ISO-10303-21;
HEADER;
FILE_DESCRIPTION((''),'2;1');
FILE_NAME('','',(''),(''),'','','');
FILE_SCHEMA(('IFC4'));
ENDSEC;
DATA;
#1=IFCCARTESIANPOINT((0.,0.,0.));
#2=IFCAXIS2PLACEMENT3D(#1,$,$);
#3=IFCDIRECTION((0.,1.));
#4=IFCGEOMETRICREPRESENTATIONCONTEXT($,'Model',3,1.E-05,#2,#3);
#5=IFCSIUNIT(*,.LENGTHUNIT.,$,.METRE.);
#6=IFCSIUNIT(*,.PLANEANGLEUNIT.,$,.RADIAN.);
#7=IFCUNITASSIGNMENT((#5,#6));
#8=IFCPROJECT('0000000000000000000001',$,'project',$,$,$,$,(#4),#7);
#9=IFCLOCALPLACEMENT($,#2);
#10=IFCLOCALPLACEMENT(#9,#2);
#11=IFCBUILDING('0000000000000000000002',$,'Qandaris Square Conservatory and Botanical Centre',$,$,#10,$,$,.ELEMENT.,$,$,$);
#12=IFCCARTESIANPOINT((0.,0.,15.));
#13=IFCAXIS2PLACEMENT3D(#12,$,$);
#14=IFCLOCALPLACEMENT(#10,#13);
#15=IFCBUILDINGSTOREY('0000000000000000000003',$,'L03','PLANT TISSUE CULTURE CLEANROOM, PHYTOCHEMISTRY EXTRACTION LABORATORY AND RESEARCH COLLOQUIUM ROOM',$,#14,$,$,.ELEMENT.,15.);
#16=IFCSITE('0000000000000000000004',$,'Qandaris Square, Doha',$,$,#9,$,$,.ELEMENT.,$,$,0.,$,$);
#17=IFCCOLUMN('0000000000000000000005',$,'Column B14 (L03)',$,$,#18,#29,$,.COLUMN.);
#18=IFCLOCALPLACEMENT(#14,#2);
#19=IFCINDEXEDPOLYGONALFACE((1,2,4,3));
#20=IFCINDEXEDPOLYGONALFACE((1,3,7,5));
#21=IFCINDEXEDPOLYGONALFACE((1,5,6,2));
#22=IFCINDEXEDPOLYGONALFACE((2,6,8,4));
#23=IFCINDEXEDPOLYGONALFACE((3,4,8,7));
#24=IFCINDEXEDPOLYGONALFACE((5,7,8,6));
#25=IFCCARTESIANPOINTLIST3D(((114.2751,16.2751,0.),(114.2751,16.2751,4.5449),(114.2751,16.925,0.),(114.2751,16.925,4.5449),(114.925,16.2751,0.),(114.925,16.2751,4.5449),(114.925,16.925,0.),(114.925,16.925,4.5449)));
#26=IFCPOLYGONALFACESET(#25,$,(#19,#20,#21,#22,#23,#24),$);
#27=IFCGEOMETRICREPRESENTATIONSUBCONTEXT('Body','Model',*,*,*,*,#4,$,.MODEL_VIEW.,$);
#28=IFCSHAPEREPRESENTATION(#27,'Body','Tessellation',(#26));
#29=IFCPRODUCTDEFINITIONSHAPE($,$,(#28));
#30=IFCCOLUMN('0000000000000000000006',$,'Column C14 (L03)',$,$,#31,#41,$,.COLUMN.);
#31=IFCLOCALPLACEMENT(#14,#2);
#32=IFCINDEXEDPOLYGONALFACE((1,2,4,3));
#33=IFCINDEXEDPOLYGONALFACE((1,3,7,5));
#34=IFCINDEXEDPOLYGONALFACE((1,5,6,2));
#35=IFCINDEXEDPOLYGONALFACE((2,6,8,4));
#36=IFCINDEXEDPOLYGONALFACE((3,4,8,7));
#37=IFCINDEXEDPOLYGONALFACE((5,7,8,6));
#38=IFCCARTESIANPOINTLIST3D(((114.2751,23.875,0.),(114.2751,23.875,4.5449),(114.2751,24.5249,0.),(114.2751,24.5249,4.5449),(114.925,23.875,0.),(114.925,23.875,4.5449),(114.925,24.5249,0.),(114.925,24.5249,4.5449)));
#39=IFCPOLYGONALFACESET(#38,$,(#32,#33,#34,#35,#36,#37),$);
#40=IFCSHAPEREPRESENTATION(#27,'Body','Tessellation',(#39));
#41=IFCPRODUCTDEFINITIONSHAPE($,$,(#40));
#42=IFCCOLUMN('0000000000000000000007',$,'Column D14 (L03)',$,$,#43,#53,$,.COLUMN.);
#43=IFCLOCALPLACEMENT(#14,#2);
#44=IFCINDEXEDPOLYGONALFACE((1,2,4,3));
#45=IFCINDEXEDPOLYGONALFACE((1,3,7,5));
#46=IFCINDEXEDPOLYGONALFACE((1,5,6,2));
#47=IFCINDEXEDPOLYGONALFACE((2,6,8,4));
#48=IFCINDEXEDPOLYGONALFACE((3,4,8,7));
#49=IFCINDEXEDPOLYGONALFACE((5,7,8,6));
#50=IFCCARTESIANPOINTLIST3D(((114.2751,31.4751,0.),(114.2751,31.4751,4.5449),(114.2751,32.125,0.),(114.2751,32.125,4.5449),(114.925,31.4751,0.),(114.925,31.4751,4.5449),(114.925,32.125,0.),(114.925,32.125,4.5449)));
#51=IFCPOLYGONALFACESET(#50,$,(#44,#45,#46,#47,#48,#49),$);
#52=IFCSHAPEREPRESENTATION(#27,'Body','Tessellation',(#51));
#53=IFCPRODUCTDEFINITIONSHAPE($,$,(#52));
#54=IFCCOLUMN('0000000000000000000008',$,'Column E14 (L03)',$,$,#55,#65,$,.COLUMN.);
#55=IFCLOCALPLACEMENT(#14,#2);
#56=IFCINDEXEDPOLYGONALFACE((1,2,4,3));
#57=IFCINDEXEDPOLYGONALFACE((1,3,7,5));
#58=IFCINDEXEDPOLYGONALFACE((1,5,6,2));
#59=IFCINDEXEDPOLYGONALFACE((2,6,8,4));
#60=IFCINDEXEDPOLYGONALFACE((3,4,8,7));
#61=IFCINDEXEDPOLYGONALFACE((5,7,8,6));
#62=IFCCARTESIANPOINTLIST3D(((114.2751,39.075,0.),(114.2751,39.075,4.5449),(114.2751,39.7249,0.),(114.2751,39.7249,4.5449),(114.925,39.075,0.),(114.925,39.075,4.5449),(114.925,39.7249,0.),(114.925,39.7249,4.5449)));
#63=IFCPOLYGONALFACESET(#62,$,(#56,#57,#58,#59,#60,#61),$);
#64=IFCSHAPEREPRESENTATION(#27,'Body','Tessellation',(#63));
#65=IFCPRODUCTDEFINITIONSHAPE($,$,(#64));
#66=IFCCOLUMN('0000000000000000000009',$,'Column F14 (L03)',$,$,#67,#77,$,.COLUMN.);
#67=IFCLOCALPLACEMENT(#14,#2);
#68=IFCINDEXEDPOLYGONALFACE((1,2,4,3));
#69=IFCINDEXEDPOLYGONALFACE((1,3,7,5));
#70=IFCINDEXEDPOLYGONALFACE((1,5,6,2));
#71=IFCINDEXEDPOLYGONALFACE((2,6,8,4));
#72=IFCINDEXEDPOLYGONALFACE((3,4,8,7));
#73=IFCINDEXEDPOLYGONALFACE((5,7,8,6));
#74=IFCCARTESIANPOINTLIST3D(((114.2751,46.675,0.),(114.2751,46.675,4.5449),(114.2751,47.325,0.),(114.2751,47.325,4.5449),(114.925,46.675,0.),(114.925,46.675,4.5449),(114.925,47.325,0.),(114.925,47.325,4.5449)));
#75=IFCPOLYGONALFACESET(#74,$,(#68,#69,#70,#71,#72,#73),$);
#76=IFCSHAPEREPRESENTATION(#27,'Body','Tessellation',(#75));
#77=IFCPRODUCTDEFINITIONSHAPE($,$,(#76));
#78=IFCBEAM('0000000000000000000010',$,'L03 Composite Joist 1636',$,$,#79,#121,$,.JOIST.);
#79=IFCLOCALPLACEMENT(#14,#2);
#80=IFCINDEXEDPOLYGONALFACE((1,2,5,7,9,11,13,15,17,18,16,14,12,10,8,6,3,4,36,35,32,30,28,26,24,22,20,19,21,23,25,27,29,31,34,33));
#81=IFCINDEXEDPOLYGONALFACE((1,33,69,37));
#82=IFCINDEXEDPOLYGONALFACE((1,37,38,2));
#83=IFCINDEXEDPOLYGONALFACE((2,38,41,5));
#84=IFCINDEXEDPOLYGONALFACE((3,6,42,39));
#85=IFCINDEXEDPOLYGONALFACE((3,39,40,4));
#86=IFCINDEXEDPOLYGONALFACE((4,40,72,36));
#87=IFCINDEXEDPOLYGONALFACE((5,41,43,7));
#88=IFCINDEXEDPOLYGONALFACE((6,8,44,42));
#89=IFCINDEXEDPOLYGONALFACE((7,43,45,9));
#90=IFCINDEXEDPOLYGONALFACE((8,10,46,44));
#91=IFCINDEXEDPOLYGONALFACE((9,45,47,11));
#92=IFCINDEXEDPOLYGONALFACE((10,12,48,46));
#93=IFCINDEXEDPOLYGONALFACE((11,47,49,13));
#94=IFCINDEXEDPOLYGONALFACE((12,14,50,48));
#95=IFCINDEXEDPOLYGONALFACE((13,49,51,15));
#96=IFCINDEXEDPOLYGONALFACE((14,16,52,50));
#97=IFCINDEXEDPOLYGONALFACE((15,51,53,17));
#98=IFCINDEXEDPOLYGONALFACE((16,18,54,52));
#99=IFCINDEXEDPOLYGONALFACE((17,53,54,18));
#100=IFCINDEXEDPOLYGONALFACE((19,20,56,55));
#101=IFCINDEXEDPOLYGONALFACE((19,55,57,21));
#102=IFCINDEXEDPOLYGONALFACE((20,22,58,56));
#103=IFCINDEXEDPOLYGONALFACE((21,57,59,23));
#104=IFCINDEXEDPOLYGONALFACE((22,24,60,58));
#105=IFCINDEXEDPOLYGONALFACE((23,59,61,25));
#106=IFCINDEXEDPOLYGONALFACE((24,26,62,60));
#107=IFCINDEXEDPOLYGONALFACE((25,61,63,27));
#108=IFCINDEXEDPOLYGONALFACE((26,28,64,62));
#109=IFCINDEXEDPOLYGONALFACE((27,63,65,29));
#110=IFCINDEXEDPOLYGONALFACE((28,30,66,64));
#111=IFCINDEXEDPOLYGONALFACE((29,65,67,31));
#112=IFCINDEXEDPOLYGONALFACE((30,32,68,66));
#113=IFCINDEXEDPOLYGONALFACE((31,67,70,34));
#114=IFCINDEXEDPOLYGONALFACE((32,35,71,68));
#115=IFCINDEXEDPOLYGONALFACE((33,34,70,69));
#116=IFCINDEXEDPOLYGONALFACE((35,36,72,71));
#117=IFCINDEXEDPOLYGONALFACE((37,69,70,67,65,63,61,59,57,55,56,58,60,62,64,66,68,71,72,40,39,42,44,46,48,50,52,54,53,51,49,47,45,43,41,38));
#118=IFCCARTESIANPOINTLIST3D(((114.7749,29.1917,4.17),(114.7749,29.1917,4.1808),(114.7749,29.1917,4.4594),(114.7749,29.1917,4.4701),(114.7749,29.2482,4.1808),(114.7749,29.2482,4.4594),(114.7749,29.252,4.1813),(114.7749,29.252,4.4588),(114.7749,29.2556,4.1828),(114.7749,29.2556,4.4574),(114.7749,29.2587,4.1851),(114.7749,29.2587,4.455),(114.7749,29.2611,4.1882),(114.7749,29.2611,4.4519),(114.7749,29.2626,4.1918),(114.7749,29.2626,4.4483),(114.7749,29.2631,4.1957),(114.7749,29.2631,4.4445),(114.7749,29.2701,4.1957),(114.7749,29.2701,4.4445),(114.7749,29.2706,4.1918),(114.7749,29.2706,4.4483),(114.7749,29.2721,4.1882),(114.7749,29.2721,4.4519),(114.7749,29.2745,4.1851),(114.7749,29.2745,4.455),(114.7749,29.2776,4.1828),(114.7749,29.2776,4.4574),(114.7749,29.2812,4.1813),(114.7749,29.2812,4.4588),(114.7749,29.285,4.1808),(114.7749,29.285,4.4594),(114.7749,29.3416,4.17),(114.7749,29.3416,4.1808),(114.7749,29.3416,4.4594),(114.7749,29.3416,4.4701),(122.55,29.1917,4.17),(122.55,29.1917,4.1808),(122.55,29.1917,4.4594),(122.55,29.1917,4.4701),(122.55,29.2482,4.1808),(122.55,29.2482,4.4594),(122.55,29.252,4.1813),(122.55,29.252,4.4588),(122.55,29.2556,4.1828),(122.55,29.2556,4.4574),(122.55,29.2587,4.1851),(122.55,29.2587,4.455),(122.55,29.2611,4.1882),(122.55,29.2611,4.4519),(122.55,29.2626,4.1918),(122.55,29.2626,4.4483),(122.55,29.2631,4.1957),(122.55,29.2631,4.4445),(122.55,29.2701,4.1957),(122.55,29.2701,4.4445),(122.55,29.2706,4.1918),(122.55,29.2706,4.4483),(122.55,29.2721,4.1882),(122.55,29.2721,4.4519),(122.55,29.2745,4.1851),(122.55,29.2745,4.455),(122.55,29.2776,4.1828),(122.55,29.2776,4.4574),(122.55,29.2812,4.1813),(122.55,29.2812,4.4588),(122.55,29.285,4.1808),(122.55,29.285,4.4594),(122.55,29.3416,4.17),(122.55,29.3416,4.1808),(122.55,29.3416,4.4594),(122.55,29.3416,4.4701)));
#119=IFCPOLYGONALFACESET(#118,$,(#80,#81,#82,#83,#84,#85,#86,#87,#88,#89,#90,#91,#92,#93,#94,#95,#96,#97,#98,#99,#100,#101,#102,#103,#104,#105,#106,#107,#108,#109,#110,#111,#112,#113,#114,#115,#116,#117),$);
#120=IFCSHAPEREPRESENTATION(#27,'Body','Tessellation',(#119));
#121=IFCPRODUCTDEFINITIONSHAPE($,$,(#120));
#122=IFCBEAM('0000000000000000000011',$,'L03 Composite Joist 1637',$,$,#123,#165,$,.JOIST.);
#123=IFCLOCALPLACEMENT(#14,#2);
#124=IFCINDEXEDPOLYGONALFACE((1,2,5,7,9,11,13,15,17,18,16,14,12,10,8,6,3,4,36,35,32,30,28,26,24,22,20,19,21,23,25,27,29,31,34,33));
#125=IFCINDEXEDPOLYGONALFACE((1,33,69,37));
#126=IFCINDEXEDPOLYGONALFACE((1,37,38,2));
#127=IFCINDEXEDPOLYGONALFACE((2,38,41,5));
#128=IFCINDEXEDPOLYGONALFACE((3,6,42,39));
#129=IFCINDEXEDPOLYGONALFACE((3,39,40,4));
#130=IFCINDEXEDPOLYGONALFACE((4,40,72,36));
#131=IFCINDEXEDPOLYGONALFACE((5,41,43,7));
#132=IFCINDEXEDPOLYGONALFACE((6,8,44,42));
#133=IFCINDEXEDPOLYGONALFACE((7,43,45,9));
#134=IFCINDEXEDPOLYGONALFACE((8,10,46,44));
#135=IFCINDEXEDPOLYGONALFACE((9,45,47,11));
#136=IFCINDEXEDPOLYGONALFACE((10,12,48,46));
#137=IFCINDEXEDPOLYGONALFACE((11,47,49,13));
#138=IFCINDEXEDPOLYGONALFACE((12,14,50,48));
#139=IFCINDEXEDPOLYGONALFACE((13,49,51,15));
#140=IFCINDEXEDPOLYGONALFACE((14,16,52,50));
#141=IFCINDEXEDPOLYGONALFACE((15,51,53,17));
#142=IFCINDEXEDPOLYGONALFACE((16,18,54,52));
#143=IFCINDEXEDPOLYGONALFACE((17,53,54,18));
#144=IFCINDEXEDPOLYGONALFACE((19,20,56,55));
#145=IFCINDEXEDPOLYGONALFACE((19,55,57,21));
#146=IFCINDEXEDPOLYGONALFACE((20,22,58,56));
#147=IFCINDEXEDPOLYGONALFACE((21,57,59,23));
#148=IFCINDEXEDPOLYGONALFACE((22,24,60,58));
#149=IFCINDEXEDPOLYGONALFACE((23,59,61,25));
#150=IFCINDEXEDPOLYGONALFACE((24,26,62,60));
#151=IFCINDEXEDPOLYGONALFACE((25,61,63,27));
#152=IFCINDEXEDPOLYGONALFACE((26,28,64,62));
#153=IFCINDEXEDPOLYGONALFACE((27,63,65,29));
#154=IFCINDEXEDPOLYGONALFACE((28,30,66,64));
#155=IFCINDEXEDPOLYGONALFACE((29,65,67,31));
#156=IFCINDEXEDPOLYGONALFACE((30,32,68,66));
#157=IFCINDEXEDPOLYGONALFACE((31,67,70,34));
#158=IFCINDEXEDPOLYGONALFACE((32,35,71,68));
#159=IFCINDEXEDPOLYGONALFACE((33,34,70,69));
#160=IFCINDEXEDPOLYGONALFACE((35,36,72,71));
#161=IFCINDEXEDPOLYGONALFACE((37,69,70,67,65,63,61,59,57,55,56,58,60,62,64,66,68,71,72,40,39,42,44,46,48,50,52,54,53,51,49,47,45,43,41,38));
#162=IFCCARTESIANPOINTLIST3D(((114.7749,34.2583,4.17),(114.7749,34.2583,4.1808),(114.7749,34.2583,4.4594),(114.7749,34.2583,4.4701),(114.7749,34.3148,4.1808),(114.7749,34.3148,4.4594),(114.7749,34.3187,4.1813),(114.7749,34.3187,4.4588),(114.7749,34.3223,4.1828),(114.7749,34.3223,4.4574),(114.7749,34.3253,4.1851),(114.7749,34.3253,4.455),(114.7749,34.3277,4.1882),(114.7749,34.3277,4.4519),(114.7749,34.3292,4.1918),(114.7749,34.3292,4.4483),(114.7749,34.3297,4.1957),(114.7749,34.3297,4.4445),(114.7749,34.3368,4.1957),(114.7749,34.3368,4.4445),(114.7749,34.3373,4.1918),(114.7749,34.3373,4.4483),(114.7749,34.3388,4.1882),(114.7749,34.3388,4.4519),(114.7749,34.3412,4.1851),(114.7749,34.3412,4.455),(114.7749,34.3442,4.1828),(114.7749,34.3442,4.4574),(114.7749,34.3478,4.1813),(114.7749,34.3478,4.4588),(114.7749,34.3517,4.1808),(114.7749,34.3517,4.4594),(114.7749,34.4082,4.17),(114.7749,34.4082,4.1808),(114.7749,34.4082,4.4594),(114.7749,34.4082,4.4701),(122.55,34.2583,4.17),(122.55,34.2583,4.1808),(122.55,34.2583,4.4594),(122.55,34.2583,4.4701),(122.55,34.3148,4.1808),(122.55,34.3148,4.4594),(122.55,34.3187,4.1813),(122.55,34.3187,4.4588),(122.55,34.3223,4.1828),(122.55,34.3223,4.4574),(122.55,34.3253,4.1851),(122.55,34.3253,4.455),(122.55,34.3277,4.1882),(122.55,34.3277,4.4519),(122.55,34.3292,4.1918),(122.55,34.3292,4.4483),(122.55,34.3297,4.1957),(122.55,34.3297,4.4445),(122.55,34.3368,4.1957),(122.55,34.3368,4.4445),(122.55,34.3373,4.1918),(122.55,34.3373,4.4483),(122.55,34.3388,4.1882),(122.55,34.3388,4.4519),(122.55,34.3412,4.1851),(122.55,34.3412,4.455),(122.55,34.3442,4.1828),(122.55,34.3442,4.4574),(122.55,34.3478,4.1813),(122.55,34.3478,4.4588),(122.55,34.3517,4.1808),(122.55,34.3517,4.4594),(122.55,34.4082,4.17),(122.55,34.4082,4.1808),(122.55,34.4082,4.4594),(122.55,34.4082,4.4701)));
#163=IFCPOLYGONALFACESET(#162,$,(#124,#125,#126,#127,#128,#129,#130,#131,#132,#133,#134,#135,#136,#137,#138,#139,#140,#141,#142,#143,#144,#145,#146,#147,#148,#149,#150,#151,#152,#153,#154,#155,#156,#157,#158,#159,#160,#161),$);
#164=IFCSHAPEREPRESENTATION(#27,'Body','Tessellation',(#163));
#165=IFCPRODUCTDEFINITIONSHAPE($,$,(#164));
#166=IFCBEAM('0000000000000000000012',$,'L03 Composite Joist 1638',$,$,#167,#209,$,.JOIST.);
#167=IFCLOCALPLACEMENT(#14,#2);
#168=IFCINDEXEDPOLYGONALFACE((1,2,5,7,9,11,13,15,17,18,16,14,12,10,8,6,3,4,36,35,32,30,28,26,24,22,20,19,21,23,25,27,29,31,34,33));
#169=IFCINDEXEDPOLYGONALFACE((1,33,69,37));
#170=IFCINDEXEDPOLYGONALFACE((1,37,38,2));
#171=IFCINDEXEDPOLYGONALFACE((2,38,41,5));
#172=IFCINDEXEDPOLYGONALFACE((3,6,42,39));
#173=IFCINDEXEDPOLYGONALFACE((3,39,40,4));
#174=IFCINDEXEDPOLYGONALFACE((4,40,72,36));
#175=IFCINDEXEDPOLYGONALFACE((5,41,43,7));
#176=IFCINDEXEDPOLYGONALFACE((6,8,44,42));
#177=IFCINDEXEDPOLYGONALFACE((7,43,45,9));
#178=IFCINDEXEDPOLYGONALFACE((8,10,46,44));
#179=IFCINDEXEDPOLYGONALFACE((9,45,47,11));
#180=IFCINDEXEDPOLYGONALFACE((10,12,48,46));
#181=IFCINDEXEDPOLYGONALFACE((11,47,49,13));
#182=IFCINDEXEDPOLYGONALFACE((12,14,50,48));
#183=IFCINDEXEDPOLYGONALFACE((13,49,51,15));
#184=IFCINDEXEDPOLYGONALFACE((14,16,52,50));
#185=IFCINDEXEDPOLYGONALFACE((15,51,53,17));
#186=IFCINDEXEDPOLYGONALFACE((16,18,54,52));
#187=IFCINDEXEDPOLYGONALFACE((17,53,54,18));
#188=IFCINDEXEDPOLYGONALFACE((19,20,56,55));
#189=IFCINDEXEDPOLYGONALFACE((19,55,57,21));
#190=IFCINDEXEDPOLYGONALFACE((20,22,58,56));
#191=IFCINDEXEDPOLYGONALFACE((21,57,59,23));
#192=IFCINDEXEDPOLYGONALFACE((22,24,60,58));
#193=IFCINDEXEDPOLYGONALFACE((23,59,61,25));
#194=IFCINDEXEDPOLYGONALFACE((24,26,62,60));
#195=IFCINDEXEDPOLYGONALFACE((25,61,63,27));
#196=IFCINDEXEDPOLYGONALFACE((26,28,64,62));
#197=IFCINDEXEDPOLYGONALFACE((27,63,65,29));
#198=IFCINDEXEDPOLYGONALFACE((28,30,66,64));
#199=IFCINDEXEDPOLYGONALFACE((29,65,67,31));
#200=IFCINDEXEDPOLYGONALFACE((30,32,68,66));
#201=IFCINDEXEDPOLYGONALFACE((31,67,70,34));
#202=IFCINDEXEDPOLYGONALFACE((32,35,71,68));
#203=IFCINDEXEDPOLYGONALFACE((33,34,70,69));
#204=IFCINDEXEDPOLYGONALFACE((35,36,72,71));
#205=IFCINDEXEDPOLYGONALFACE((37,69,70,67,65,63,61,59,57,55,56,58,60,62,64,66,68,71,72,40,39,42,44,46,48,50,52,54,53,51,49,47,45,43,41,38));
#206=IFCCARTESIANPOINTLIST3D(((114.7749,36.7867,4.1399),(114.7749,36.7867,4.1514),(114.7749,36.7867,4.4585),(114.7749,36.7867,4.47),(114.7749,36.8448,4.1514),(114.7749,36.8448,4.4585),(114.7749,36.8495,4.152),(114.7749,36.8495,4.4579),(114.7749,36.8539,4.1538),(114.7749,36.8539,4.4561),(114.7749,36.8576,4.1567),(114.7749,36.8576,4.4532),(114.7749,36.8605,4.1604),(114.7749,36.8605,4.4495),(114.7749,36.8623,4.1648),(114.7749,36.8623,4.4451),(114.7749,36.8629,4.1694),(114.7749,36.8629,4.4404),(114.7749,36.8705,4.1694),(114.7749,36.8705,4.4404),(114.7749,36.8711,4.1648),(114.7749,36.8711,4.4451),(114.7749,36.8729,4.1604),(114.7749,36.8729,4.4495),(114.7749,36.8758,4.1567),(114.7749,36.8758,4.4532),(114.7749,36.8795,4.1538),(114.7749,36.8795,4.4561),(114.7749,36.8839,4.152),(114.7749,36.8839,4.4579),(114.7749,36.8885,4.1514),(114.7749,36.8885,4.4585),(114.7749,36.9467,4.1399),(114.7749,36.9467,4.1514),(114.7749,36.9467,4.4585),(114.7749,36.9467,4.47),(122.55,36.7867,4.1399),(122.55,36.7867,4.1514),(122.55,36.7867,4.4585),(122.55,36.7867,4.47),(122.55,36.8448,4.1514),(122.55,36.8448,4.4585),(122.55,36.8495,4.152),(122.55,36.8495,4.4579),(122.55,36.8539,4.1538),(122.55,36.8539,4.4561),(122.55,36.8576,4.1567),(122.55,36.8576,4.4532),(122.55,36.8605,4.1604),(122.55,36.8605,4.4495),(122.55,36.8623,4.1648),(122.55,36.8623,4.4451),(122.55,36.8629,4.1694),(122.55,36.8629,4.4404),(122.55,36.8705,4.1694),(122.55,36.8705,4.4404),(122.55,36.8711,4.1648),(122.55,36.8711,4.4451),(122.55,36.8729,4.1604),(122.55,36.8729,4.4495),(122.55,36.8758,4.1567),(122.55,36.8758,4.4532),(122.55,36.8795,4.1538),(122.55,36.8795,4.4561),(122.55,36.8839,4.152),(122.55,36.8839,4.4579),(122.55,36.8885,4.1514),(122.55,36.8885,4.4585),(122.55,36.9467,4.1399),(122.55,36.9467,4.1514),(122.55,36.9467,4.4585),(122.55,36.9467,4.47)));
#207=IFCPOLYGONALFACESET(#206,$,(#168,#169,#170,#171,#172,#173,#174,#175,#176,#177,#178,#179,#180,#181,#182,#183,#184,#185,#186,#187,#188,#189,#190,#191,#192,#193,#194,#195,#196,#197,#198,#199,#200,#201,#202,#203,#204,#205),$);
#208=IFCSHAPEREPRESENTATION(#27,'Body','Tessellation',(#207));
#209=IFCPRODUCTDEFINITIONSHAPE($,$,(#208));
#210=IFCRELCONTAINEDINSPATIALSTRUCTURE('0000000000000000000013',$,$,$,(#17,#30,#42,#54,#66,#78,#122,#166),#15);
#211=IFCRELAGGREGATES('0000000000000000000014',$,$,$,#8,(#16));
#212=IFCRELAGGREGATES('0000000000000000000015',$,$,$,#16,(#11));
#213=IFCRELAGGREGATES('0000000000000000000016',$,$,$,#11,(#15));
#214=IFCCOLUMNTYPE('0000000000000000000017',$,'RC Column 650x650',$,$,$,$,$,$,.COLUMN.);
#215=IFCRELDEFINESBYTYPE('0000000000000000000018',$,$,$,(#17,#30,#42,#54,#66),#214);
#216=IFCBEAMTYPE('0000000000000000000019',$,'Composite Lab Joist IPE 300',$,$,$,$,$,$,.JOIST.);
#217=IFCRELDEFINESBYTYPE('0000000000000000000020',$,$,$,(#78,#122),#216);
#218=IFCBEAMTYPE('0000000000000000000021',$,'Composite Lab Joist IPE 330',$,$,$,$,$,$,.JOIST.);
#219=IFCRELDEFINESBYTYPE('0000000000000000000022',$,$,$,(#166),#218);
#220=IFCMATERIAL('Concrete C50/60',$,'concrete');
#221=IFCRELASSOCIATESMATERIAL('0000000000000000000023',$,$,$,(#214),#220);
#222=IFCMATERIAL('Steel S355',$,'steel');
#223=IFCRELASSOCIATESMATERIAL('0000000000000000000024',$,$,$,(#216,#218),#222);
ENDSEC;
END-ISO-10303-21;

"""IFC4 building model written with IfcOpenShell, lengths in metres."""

from ifc_helpers import new_model, si_unit, direction, frame, origin, origin_2d, place, context, subcontext, project, spatial, rectangle, i_section, extrude, material, material_profile, profile_set, type_object, element, save


model = new_model("IFC4")

# Units and contexts
model_context = context("Model", 3, precision=1e-05, world=origin(), true_north=direction((0.0, 1.0)))
body_context = subcontext(model_context, "Body", "Model", "MODEL_VIEW")
ifc_project = project(units=[si_unit("LENGTHUNIT", "METRE"), si_unit("PLANEANGLEUNIT", "RADIAN")], contexts=[model_context])

# Site, building, storey
site_placement = place(None, origin())
site = spatial("IfcSite", under=ifc_project, at=site_placement, Name="Qandaris Square, Doha", CompositionType="ELEMENT", RefElevation=0.0)
building_placement = place(site_placement, origin())
building = spatial("IfcBuilding", under=site, at=building_placement, Name="Qandaris Square Conservatory and Botanical Centre", CompositionType="ELEMENT")
storey_placement = place(building_placement, frame((0.0, 0.0, 15.0)))
storey = spatial("IfcBuildingStorey", under=building, at=storey_placement, Name="L03", Description="PLANT TISSUE CULTURE CLEANROOM, PHYTOCHEMISTRY EXTRACTION LABORATORY AND RESEARCH COLLOQUIUM ROOM", CompositionType="ELEMENT", Elevation=15.0)

# Columns
ifc_material_1 = material(Name="Concrete C50/60", Category="concrete")
ifc_material_profile_1 = material_profile(ifc_material_1, rectangle(XDim=0.6499, YDim=0.6499, at=origin_2d()), Name="RC-COL 650x650")
ifc_profile_set_1 = profile_set([ifc_material_profile_1], Name="Concrete C50/60")
column_type = type_object("IfcColumnType", Name="RC Column 650x650", PredefinedType="COLUMN", material=ifc_profile_set_1)
for number, where, z_axis, x_axis, name in (
    (1, (114.6001, 16.6001, 0.0), (0.0, 0.0, 1.0), (1.0, 0.0, 0.0), "Column B14 (L03)"),
    (2, (114.6001, 24.2, 0.0), (0.0, 0.0, 1.0), (1.0, 0.0, 0.0), "Column C14 (L03)"),
    (3, (114.6001, 31.8, 0.0), (0.0, 0.0, 1.0), (1.0, 0.0, 0.0), "Column D14 (L03)"),
    (4, (114.6001, 39.3999, 0.0), (0.0, 0.0, 1.0), (1.0, 0.0, 0.0), "Column E14 (L03)"),
    (5, (114.6001, 47.0, 0.0), (0.0, 0.0, 1.0), (1.0, 0.0, 0.0), "Column F14 (L03)"),
):
    element("IfcColumn", number, at=place(storey_placement, frame(where, z_axis=z_axis, x_axis=x_axis)), inside=storey, type_object=column_type, Name=name, PredefinedType="COLUMN", context=body_context, shape_type="SweptSolid", body=[
        extrude(rectangle(XDim=0.6499, YDim=0.6499, at=origin_2d()), origin(), (0.0, 0.0, 1.0), 4.5449),
    ])

# Beams
ifc_material_2 = material(Name="Steel S355", Category="steel")
ifc_material_profile_2 = material_profile(ifc_material_2, i_section(OverallWidth=0.1499, OverallDepth=0.3, WebThickness=0.0071, FlangeThickness=0.0107, FilletRadius=0.0149, at=origin_2d()), Name="IPE 300")
ifc_profile_set_2 = profile_set([ifc_material_profile_2], Name="Steel S355")
beam_type_1 = type_object("IfcBeamType", Name="Composite Lab Joist IPE 300", PredefinedType="JOIST", material=ifc_profile_set_2)
for number, where, z_axis, x_axis, name in (
    (6, (114.7749, 29.2666, 4.3201), (1.0, 0.0, 0.0), (0.0, 1.0, 0.0), "L03 Composite Joist 1636"),
    (7, (114.7749, 34.3333, 4.3201), (1.0, 0.0, 0.0), (0.0, 1.0, 0.0), "L03 Composite Joist 1637"),
):
    element("IfcBeam", number, at=place(storey_placement, frame(where, z_axis=z_axis, x_axis=x_axis)), inside=storey, type_object=beam_type_1, Name=name, PredefinedType="JOIST", context=body_context, shape_type="SweptSolid", body=[
        extrude(i_section(OverallWidth=0.1499, OverallDepth=0.3, WebThickness=0.0071, FlangeThickness=0.0107, FilletRadius=0.0149, at=origin_2d()), origin(), (0.0, 0.0, 1.0), 7.7751),
    ])
ifc_material_profile_3 = material_profile(ifc_material_2, i_section(OverallWidth=0.1599, OverallDepth=0.3301, WebThickness=0.0076, FlangeThickness=0.0115, FilletRadius=0.0181, at=origin_2d()), Name="IPE 330")
ifc_profile_set_3 = profile_set([ifc_material_profile_3], Name="Steel S355")
beam_type_2 = type_object("IfcBeamType", Name="Composite Lab Joist IPE 330", PredefinedType="JOIST", material=ifc_profile_set_3)
beam_1_placement = place(storey_placement, frame((114.7749, 36.8667, 4.3049), z_axis=(1.0, 0.0, 0.0), x_axis=(0.0, 1.0, 0.0)))
element("IfcBeam", 8, at=beam_1_placement, inside=storey, type_object=beam_type_2, Name="L03 Composite Joist 1638", PredefinedType="JOIST", context=body_context, shape_type="SweptSolid", body=[
    extrude(i_section(OverallWidth=0.1599, OverallDepth=0.3301, WebThickness=0.0076, FlangeThickness=0.0115, FilletRadius=0.0181, at=origin_2d()), origin(), (0.0, 0.0, 1.0), 7.7751),
])

save(model, "model.ifc")
